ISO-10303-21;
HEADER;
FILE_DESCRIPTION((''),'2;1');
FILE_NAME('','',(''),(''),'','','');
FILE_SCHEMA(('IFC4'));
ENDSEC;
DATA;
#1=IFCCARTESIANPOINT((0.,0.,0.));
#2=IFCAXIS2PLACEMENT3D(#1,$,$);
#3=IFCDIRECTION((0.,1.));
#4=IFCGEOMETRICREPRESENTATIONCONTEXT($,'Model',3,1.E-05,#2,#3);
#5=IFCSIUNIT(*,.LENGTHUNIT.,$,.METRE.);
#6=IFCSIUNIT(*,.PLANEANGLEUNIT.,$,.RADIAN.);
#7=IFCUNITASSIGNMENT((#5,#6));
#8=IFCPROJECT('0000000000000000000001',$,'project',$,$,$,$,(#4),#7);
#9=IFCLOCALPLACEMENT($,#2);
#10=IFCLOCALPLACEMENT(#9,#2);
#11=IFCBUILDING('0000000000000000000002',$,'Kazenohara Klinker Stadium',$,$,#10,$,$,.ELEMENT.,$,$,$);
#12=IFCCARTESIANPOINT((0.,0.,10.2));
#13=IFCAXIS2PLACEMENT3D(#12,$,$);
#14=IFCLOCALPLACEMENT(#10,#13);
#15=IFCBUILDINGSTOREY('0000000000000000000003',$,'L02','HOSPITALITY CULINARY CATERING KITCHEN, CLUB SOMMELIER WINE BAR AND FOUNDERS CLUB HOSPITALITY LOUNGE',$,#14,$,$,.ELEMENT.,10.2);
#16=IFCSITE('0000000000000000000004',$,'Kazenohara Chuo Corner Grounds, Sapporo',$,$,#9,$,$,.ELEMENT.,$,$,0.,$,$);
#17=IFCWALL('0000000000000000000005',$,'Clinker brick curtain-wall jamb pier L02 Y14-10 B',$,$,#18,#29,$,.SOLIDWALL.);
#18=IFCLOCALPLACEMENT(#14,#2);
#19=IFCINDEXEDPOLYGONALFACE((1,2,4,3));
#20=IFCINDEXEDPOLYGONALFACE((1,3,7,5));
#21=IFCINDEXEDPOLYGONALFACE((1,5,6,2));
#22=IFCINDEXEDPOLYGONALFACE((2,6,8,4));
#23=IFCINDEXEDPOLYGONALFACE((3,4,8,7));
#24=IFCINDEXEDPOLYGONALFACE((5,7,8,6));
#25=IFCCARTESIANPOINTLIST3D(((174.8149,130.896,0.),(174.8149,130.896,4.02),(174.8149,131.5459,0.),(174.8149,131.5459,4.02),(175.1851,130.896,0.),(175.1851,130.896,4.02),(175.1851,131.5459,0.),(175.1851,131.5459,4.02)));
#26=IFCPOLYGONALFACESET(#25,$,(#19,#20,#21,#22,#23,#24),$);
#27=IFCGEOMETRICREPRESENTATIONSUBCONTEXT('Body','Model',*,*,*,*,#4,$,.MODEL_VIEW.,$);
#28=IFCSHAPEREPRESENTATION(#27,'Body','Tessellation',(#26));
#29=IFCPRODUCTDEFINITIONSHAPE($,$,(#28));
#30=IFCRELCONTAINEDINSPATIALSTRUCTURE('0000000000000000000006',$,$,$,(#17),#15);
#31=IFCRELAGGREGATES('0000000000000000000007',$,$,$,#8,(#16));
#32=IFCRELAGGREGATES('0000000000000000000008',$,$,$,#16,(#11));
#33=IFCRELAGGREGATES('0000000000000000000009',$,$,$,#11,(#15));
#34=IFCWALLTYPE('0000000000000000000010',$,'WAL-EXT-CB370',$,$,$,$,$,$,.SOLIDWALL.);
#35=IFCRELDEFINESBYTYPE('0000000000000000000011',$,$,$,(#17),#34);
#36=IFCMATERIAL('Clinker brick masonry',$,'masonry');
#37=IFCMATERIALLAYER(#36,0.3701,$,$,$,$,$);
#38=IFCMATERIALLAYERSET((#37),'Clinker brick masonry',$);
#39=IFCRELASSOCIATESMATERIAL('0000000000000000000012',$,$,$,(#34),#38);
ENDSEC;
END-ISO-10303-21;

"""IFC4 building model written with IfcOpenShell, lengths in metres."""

from ifc_helpers import new_model, si_unit, direction, frame, frame_2d, origin, place, context, subcontext, project, spatial, rectangle, extrude, material, layer, layer_set, type_object, element, save


model = new_model("IFC4")

# Units and contexts
model_context = context("Model", 3, precision=1e-05, world=origin(), true_north=direction((0.0, 1.0)))
body_context = subcontext(model_context, "Body", "Model", "MODEL_VIEW")
ifc_project = project(units=[si_unit("LENGTHUNIT", "METRE"), si_unit("PLANEANGLEUNIT", "RADIAN")], contexts=[model_context])

# Site, building, storey
site_placement = place(None, origin())
site = spatial("IfcSite", under=ifc_project, at=site_placement, Name="Kazenohara Chuo Corner Grounds, Sapporo", CompositionType="ELEMENT", RefElevation=0.0)
building_placement = place(site_placement, origin())
building = spatial("IfcBuilding", under=site, at=building_placement, Name="Kazenohara Klinker Stadium", CompositionType="ELEMENT")
storey_placement = place(building_placement, frame((0.0, 0.0, 10.2)))
storey = spatial("IfcBuildingStorey", under=building, at=storey_placement, Name="L02", Description="HOSPITALITY CULINARY CATERING KITCHEN, CLUB SOMMELIER WINE BAR AND FOUNDERS CLUB HOSPITALITY LOUNGE", CompositionType="ELEMENT", Elevation=10.2)

# Shared definitions
ifc_material_1 = material(Name="Clinker brick masonry", Category="masonry")

# Wall
ifc_layer_1 = layer(ifc_material_1, 0.3701)
ifc_layer_set_1 = layer_set([ifc_layer_1], Name="Clinker brick masonry")
wall_type_1 = type_object("IfcWallType", Name="WAL-EXT-CB370", PredefinedType="SOLIDWALL", material=ifc_layer_set_1)
wall_1_placement = place(storey_placement, frame((175.0, 130.896, 0.0), z_axis=(0.0, 0.0, 1.0), x_axis=(0.0, 1.0, 0.0)))
element("IfcWall", 1, at=wall_1_placement, inside=storey, type_object=wall_type_1, Name="Clinker brick curtain-wall jamb pier L02 Y14-10 B", PredefinedType="SOLIDWALL", context=body_context, shape_type="SweptSolid", body=[
    extrude(rectangle(XDim=0.6499, YDim=0.3701, at=frame_2d((0.325, 0.0))), origin(), (0.0, 0.0, 1.0), 4.02),
])

save(model, "model.ifc")
